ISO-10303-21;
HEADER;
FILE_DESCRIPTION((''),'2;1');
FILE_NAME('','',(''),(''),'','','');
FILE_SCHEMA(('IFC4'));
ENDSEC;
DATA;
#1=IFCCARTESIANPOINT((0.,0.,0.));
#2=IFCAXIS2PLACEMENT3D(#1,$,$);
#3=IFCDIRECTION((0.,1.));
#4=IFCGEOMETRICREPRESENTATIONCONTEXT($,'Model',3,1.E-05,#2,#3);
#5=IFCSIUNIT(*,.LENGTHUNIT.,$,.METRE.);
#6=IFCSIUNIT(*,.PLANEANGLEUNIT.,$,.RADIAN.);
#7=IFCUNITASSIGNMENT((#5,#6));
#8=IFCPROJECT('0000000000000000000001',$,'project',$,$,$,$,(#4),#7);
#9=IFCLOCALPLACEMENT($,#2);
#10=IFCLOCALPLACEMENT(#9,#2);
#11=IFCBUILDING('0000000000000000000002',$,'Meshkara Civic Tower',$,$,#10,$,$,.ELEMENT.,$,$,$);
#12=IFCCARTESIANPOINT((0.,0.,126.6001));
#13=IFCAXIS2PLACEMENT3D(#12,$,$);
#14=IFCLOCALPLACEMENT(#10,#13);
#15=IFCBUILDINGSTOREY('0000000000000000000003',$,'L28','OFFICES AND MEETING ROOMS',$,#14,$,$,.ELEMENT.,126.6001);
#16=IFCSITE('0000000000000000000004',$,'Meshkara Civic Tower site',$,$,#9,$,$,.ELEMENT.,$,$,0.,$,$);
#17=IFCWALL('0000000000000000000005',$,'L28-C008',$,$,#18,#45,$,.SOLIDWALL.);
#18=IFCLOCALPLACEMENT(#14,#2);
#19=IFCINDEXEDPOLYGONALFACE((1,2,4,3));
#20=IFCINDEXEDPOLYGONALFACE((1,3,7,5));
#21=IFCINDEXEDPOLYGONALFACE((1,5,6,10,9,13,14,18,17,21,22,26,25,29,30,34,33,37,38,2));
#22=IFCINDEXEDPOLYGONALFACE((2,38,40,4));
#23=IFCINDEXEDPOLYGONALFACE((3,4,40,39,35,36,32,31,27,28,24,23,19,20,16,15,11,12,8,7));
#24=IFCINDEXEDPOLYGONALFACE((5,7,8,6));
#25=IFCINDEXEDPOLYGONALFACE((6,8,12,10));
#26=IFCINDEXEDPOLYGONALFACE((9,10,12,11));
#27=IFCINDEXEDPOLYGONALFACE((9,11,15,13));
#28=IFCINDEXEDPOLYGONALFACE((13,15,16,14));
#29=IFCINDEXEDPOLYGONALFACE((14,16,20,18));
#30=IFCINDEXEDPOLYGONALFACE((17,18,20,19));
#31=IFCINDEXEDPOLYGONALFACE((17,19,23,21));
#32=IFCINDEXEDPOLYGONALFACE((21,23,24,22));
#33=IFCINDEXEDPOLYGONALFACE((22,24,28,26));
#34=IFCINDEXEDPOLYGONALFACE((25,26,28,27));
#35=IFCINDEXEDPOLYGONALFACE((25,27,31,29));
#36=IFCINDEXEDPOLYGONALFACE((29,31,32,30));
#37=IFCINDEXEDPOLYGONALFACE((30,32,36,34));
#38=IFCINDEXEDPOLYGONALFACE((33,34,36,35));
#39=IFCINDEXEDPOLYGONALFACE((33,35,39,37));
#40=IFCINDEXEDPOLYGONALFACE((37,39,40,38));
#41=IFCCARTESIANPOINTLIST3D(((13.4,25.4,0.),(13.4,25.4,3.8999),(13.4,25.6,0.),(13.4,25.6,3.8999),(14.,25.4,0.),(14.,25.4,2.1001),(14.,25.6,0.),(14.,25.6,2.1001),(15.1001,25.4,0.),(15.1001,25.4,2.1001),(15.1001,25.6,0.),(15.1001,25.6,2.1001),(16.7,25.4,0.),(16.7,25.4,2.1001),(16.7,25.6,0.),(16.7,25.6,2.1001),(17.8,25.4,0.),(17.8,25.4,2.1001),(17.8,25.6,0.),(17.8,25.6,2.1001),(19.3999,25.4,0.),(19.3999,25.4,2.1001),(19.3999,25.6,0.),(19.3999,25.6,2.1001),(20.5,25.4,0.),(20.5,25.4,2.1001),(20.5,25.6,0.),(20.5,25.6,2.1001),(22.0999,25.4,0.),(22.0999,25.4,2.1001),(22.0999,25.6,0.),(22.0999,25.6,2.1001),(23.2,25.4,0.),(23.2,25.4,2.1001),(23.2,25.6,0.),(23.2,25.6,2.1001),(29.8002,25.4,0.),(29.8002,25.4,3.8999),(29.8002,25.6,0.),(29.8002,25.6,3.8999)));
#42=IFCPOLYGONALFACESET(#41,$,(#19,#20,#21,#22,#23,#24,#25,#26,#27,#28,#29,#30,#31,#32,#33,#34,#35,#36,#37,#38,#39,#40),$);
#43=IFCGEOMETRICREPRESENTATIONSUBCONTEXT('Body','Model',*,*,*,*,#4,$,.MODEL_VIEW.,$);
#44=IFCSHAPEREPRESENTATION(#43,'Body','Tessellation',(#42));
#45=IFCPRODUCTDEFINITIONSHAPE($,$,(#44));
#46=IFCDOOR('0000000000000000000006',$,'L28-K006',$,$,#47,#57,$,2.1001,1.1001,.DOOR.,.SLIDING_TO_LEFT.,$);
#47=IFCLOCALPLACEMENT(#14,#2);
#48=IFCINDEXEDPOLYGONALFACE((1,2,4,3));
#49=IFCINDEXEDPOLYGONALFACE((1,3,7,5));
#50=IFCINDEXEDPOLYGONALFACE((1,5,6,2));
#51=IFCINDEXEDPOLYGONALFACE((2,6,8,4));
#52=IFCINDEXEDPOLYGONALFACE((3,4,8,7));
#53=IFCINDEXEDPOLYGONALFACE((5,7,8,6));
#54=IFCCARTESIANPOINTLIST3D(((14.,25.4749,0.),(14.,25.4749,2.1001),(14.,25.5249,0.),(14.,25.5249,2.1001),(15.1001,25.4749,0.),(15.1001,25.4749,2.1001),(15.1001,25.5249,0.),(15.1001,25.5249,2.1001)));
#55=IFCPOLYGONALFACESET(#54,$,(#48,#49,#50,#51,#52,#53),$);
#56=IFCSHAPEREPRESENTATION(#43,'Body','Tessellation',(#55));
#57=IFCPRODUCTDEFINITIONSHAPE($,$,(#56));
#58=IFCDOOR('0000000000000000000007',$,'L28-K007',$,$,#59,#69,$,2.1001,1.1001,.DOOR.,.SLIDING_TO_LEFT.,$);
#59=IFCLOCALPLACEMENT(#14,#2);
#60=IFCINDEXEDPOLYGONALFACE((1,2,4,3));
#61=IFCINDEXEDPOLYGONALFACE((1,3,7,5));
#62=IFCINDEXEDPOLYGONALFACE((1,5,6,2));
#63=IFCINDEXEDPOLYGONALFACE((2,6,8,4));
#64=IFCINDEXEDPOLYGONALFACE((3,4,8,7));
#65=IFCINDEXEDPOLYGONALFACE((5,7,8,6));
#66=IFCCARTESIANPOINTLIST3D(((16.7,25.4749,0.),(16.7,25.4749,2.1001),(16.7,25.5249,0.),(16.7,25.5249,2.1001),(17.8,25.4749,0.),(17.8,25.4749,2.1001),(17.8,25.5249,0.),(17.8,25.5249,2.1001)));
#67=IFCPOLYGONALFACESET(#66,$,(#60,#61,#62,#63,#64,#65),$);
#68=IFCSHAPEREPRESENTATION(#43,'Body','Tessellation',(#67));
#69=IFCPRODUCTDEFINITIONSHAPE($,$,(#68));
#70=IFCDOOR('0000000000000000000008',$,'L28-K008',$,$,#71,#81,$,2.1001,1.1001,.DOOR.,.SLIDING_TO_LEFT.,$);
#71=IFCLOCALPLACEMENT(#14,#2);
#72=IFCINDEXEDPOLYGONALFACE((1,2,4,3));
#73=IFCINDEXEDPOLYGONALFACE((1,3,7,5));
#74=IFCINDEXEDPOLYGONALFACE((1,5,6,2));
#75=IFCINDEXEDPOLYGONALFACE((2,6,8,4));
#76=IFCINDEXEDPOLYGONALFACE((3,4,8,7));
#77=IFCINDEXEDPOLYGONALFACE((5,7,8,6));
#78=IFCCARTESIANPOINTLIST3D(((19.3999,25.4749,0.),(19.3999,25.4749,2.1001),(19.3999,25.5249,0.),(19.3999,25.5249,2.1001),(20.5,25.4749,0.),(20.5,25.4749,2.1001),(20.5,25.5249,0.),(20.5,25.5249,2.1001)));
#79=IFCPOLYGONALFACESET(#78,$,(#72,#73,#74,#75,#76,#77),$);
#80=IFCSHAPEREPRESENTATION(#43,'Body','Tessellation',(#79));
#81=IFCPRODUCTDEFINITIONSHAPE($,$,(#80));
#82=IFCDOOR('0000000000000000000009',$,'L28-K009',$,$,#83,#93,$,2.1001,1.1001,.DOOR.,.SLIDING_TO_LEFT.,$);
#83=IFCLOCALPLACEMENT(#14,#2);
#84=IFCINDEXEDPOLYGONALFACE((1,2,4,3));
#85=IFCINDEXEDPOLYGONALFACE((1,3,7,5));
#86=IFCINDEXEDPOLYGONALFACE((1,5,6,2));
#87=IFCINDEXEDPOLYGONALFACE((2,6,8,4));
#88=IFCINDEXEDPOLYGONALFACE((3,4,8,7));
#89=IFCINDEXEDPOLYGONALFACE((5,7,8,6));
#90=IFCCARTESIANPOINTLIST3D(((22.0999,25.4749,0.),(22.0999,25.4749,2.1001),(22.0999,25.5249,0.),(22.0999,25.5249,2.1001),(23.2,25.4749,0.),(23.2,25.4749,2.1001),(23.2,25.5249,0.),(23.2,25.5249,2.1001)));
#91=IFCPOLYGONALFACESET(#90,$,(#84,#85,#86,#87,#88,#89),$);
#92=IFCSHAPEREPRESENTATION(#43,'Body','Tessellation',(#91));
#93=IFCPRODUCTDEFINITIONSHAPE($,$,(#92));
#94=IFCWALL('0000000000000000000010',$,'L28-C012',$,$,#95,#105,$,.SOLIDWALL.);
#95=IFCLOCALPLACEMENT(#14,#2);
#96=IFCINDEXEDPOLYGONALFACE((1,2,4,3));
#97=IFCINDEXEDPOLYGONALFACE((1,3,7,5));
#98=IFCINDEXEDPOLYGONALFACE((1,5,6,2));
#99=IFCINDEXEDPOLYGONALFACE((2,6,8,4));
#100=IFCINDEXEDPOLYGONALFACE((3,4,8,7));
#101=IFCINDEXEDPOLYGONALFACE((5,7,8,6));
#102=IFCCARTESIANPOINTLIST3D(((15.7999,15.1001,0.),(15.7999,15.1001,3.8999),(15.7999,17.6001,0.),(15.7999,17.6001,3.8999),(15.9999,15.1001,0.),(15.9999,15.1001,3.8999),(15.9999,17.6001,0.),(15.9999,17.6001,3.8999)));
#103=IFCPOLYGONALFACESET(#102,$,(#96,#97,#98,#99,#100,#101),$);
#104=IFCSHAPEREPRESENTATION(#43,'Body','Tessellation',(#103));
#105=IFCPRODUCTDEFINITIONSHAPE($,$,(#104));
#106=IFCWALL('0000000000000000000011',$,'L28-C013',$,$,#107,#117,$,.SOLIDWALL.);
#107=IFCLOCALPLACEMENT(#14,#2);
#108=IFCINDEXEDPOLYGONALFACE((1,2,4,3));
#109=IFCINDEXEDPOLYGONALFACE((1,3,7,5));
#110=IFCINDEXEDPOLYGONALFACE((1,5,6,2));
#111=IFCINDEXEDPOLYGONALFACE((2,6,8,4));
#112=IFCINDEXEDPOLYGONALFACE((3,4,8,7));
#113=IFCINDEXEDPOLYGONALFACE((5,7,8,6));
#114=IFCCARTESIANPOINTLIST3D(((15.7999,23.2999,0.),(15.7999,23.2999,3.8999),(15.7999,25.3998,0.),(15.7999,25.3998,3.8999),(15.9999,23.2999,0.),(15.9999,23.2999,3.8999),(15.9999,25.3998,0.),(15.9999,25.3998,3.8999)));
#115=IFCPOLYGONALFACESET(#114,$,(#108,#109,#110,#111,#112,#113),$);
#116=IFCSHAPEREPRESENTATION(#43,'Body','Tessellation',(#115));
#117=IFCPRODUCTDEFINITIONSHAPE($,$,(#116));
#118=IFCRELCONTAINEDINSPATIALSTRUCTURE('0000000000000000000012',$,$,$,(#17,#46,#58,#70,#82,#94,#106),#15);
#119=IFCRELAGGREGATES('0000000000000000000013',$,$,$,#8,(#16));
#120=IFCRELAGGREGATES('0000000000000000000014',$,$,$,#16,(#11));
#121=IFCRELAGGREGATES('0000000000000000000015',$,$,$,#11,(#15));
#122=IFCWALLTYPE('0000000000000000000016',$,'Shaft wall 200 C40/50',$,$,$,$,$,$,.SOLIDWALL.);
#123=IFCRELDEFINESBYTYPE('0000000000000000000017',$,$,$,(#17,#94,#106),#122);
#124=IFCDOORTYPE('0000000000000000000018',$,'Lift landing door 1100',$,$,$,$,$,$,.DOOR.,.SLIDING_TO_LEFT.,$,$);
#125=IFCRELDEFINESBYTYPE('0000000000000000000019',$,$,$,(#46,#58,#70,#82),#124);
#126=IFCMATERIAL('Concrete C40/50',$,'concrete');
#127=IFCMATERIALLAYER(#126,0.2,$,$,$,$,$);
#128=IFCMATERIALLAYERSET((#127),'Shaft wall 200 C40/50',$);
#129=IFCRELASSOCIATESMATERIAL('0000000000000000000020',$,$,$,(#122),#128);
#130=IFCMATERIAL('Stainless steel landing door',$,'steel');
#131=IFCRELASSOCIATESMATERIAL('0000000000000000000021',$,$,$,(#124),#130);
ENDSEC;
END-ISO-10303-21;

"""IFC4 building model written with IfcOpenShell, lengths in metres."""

from ifc_helpers import new_model, si_unit, direction, frame, frame_2d, origin, place, context, subcontext, project, spatial, rectangle, extrude, material, layer, layer_set, type_object, element, fill, save


model = new_model("IFC4")

# Units and contexts
model_context = context("Model", 3, precision=1e-05, world=origin(), true_north=direction((0.0, 1.0)))
body_context = subcontext(model_context, "Body", "Model", "MODEL_VIEW")
ifc_project = project(units=[si_unit("LENGTHUNIT", "METRE"), si_unit("PLANEANGLEUNIT", "RADIAN")], contexts=[model_context])

# Site, building, storey
site_placement = place(None, origin())
site = spatial("IfcSite", under=ifc_project, at=site_placement, Name="Meshkara Civic Tower site", CompositionType="ELEMENT", RefElevation=0.0)
building_placement = place(site_placement, origin())
building = spatial("IfcBuilding", under=site, at=building_placement, Name="Meshkara Civic Tower", CompositionType="ELEMENT")
storey_placement = place(building_placement, frame((0.0, 0.0, 126.6001)))
storey = spatial("IfcBuildingStorey", under=building, at=storey_placement, Name="L28", Description="OFFICES AND MEETING ROOMS", CompositionType="ELEMENT", Elevation=126.6001)

# Wall, openings, doors
ifc_material_1 = material(Name="Concrete C40/50", Category="concrete")
ifc_layer_1 = layer(ifc_material_1, 0.2)
ifc_layer_set_1 = layer_set([ifc_layer_1], Name="Shaft wall 200 C40/50")
wall_type_1 = type_object("IfcWallType", Name="Shaft wall 200 C40/50", PredefinedType="SOLIDWALL", material=ifc_layer_set_1)
ifc_material_2 = material(Name="Stainless steel landing door", Category="steel")
door_type_1 = type_object("IfcDoorType", Name="Lift landing door 1100", OperationType="SLIDING_TO_LEFT", PredefinedType="DOOR", material=ifc_material_2)
wall_1_placement = place(storey_placement, frame((13.3999, 25.5, 0.0), z_axis=(0.0, 0.0, 1.0), x_axis=(1.0, 0.0, 0.0)))
wall_1 = element("IfcWall", 1, at=wall_1_placement, inside=storey, type_object=wall_type_1, Name="L28-C008", PredefinedType="SOLIDWALL", context=body_context, shape_type="SweptSolid", body=[
    extrude(rectangle(XDim=16.4001, YDim=0.2, at=frame_2d((8.2002, 0.0))), origin(), (0.0, 0.0, 1.0), 3.8999),
])
opening_1_placement = place(wall_1_placement, frame((0.6001, 0.0, 0.0)))
opening_1 = element("IfcOpeningElement", 2, at=opening_1_placement, cuts=wall_1, PredefinedType="OPENING", context=body_context, shape_type="SweptSolid", body=[
    extrude(rectangle(XDim=1.1001, YDim=2.1001, at=frame_2d((0.55, 1.05))), frame((0.0, 0.1099, 0.0), z_axis=(0.0, -1.0, 0.0), x_axis=(1.0, 0.0, 0.0)), (0.0, 0.0, 1.0), 0.22),
])
opening_2_placement = place(wall_1_placement, frame((3.3, 0.0, 0.0)))
opening_2 = element("IfcOpeningElement", 3, at=opening_2_placement, cuts=wall_1, PredefinedType="OPENING", context=body_context, shape_type="SweptSolid", body=[
    extrude(rectangle(XDim=1.1001, YDim=2.1001, at=frame_2d((0.55, 1.05))), frame((0.0, 0.1099, 0.0), z_axis=(0.0, -1.0, 0.0), x_axis=(1.0, 0.0, 0.0)), (0.0, 0.0, 1.0), 0.22),
])
opening_3_placement = place(wall_1_placement, frame((6.0, 0.0, 0.0)))
opening_3 = element("IfcOpeningElement", 4, at=opening_3_placement, cuts=wall_1, PredefinedType="OPENING", context=body_context, shape_type="SweptSolid", body=[
    extrude(rectangle(XDim=1.1001, YDim=2.1001, at=frame_2d((0.55, 1.05))), frame((0.0, 0.1099, 0.0), z_axis=(0.0, -1.0, 0.0), x_axis=(1.0, 0.0, 0.0)), (0.0, 0.0, 1.0), 0.22),
])
opening_4_placement = place(wall_1_placement, frame((8.7, 0.0, 0.0)))
opening_4 = element("IfcOpeningElement", 5, at=opening_4_placement, cuts=wall_1, PredefinedType="OPENING", context=body_context, shape_type="SweptSolid", body=[
    extrude(rectangle(XDim=1.1001, YDim=2.1001, at=frame_2d((0.55, 1.05))), frame((0.0, 0.1099, 0.0), z_axis=(0.0, -1.0, 0.0), x_axis=(1.0, 0.0, 0.0)), (0.0, 0.0, 1.0), 0.22),
])
door_1_placement = place(opening_1_placement, origin())
door_1 = element("IfcDoor", 6, at=door_1_placement, inside=storey, type_object=door_type_1, Name="L28-K006", OperationType="SLIDING_TO_LEFT", OverallHeight=2.1001, OverallWidth=1.1001, PredefinedType="DOOR", context=body_context, shape_type="SweptSolid", body=[
    extrude(rectangle(XDim=1.1001, YDim=2.1001, at=frame_2d((0.55, 1.05))), frame((0.0, 0.0249, 0.0), z_axis=(0.0, -1.0, 0.0), x_axis=(1.0, 0.0, 0.0)), (0.0, 0.0, 1.0), 0.05),
])
fill(opening_1, door_1)
door_2_placement = place(opening_2_placement, origin())
door_2 = element("IfcDoor", 7, at=door_2_placement, inside=storey, type_object=door_type_1, Name="L28-K007", OperationType="SLIDING_TO_LEFT", OverallHeight=2.1001, OverallWidth=1.1001, PredefinedType="DOOR", context=body_context, shape_type="SweptSolid", body=[
    extrude(rectangle(XDim=1.1001, YDim=2.1001, at=frame_2d((0.55, 1.05))), frame((0.0, 0.0249, 0.0), z_axis=(0.0, -1.0, 0.0), x_axis=(1.0, 0.0, 0.0)), (0.0, 0.0, 1.0), 0.05),
])
fill(opening_2, door_2)
door_3_placement = place(opening_3_placement, origin())
door_3 = element("IfcDoor", 8, at=door_3_placement, inside=storey, type_object=door_type_1, Name="L28-K008", OperationType="SLIDING_TO_LEFT", OverallHeight=2.1001, OverallWidth=1.1001, PredefinedType="DOOR", context=body_context, shape_type="SweptSolid", body=[
    extrude(rectangle(XDim=1.1001, YDim=2.1001, at=frame_2d((0.55, 1.05))), frame((0.0, 0.0249, 0.0), z_axis=(0.0, -1.0, 0.0), x_axis=(1.0, 0.0, 0.0)), (0.0, 0.0, 1.0), 0.05),
])
fill(opening_3, door_3)
door_4_placement = place(opening_4_placement, origin())
door_4 = element("IfcDoor", 9, at=door_4_placement, inside=storey, type_object=door_type_1, Name="L28-K009", OperationType="SLIDING_TO_LEFT", OverallHeight=2.1001, OverallWidth=1.1001, PredefinedType="DOOR", context=body_context, shape_type="SweptSolid", body=[
    extrude(rectangle(XDim=1.1001, YDim=2.1001, at=frame_2d((0.55, 1.05))), frame((0.0, 0.0249, 0.0), z_axis=(0.0, -1.0, 0.0), x_axis=(1.0, 0.0, 0.0)), (0.0, 0.0, 1.0), 0.05),
])
fill(opening_4, door_4)

# Walls
wall_2_placement = place(storey_placement, frame((15.8999, 15.1001, 0.0), z_axis=(0.0, 0.0, 1.0), x_axis=(0.0, 1.0, 0.0)))
element("IfcWall", 10, at=wall_2_placement, inside=storey, type_object=wall_type_1, Name="L28-C012", PredefinedType="SOLIDWALL", context=body_context, shape_type="SweptSolid", body=[
    extrude(rectangle(XDim=2.5, YDim=0.2, at=frame_2d((1.25, 0.0))), origin(), (0.0, 0.0, 1.0), 3.8999),
])
wall_3_placement = place(storey_placement, frame((15.8999, 23.3, 0.0), z_axis=(0.0, 0.0, 1.0), x_axis=(0.0, 1.0, 0.0)))
element("IfcWall", 11, at=wall_3_placement, inside=storey, type_object=wall_type_1, Name="L28-C013", PredefinedType="SOLIDWALL", context=body_context, shape_type="SweptSolid", body=[
    extrude(rectangle(XDim=2.0999, YDim=0.2, at=frame_2d((1.0498, 0.0))), origin(), (0.0, 0.0, 1.0), 3.8999),
])

save(model, "model.ifc")
